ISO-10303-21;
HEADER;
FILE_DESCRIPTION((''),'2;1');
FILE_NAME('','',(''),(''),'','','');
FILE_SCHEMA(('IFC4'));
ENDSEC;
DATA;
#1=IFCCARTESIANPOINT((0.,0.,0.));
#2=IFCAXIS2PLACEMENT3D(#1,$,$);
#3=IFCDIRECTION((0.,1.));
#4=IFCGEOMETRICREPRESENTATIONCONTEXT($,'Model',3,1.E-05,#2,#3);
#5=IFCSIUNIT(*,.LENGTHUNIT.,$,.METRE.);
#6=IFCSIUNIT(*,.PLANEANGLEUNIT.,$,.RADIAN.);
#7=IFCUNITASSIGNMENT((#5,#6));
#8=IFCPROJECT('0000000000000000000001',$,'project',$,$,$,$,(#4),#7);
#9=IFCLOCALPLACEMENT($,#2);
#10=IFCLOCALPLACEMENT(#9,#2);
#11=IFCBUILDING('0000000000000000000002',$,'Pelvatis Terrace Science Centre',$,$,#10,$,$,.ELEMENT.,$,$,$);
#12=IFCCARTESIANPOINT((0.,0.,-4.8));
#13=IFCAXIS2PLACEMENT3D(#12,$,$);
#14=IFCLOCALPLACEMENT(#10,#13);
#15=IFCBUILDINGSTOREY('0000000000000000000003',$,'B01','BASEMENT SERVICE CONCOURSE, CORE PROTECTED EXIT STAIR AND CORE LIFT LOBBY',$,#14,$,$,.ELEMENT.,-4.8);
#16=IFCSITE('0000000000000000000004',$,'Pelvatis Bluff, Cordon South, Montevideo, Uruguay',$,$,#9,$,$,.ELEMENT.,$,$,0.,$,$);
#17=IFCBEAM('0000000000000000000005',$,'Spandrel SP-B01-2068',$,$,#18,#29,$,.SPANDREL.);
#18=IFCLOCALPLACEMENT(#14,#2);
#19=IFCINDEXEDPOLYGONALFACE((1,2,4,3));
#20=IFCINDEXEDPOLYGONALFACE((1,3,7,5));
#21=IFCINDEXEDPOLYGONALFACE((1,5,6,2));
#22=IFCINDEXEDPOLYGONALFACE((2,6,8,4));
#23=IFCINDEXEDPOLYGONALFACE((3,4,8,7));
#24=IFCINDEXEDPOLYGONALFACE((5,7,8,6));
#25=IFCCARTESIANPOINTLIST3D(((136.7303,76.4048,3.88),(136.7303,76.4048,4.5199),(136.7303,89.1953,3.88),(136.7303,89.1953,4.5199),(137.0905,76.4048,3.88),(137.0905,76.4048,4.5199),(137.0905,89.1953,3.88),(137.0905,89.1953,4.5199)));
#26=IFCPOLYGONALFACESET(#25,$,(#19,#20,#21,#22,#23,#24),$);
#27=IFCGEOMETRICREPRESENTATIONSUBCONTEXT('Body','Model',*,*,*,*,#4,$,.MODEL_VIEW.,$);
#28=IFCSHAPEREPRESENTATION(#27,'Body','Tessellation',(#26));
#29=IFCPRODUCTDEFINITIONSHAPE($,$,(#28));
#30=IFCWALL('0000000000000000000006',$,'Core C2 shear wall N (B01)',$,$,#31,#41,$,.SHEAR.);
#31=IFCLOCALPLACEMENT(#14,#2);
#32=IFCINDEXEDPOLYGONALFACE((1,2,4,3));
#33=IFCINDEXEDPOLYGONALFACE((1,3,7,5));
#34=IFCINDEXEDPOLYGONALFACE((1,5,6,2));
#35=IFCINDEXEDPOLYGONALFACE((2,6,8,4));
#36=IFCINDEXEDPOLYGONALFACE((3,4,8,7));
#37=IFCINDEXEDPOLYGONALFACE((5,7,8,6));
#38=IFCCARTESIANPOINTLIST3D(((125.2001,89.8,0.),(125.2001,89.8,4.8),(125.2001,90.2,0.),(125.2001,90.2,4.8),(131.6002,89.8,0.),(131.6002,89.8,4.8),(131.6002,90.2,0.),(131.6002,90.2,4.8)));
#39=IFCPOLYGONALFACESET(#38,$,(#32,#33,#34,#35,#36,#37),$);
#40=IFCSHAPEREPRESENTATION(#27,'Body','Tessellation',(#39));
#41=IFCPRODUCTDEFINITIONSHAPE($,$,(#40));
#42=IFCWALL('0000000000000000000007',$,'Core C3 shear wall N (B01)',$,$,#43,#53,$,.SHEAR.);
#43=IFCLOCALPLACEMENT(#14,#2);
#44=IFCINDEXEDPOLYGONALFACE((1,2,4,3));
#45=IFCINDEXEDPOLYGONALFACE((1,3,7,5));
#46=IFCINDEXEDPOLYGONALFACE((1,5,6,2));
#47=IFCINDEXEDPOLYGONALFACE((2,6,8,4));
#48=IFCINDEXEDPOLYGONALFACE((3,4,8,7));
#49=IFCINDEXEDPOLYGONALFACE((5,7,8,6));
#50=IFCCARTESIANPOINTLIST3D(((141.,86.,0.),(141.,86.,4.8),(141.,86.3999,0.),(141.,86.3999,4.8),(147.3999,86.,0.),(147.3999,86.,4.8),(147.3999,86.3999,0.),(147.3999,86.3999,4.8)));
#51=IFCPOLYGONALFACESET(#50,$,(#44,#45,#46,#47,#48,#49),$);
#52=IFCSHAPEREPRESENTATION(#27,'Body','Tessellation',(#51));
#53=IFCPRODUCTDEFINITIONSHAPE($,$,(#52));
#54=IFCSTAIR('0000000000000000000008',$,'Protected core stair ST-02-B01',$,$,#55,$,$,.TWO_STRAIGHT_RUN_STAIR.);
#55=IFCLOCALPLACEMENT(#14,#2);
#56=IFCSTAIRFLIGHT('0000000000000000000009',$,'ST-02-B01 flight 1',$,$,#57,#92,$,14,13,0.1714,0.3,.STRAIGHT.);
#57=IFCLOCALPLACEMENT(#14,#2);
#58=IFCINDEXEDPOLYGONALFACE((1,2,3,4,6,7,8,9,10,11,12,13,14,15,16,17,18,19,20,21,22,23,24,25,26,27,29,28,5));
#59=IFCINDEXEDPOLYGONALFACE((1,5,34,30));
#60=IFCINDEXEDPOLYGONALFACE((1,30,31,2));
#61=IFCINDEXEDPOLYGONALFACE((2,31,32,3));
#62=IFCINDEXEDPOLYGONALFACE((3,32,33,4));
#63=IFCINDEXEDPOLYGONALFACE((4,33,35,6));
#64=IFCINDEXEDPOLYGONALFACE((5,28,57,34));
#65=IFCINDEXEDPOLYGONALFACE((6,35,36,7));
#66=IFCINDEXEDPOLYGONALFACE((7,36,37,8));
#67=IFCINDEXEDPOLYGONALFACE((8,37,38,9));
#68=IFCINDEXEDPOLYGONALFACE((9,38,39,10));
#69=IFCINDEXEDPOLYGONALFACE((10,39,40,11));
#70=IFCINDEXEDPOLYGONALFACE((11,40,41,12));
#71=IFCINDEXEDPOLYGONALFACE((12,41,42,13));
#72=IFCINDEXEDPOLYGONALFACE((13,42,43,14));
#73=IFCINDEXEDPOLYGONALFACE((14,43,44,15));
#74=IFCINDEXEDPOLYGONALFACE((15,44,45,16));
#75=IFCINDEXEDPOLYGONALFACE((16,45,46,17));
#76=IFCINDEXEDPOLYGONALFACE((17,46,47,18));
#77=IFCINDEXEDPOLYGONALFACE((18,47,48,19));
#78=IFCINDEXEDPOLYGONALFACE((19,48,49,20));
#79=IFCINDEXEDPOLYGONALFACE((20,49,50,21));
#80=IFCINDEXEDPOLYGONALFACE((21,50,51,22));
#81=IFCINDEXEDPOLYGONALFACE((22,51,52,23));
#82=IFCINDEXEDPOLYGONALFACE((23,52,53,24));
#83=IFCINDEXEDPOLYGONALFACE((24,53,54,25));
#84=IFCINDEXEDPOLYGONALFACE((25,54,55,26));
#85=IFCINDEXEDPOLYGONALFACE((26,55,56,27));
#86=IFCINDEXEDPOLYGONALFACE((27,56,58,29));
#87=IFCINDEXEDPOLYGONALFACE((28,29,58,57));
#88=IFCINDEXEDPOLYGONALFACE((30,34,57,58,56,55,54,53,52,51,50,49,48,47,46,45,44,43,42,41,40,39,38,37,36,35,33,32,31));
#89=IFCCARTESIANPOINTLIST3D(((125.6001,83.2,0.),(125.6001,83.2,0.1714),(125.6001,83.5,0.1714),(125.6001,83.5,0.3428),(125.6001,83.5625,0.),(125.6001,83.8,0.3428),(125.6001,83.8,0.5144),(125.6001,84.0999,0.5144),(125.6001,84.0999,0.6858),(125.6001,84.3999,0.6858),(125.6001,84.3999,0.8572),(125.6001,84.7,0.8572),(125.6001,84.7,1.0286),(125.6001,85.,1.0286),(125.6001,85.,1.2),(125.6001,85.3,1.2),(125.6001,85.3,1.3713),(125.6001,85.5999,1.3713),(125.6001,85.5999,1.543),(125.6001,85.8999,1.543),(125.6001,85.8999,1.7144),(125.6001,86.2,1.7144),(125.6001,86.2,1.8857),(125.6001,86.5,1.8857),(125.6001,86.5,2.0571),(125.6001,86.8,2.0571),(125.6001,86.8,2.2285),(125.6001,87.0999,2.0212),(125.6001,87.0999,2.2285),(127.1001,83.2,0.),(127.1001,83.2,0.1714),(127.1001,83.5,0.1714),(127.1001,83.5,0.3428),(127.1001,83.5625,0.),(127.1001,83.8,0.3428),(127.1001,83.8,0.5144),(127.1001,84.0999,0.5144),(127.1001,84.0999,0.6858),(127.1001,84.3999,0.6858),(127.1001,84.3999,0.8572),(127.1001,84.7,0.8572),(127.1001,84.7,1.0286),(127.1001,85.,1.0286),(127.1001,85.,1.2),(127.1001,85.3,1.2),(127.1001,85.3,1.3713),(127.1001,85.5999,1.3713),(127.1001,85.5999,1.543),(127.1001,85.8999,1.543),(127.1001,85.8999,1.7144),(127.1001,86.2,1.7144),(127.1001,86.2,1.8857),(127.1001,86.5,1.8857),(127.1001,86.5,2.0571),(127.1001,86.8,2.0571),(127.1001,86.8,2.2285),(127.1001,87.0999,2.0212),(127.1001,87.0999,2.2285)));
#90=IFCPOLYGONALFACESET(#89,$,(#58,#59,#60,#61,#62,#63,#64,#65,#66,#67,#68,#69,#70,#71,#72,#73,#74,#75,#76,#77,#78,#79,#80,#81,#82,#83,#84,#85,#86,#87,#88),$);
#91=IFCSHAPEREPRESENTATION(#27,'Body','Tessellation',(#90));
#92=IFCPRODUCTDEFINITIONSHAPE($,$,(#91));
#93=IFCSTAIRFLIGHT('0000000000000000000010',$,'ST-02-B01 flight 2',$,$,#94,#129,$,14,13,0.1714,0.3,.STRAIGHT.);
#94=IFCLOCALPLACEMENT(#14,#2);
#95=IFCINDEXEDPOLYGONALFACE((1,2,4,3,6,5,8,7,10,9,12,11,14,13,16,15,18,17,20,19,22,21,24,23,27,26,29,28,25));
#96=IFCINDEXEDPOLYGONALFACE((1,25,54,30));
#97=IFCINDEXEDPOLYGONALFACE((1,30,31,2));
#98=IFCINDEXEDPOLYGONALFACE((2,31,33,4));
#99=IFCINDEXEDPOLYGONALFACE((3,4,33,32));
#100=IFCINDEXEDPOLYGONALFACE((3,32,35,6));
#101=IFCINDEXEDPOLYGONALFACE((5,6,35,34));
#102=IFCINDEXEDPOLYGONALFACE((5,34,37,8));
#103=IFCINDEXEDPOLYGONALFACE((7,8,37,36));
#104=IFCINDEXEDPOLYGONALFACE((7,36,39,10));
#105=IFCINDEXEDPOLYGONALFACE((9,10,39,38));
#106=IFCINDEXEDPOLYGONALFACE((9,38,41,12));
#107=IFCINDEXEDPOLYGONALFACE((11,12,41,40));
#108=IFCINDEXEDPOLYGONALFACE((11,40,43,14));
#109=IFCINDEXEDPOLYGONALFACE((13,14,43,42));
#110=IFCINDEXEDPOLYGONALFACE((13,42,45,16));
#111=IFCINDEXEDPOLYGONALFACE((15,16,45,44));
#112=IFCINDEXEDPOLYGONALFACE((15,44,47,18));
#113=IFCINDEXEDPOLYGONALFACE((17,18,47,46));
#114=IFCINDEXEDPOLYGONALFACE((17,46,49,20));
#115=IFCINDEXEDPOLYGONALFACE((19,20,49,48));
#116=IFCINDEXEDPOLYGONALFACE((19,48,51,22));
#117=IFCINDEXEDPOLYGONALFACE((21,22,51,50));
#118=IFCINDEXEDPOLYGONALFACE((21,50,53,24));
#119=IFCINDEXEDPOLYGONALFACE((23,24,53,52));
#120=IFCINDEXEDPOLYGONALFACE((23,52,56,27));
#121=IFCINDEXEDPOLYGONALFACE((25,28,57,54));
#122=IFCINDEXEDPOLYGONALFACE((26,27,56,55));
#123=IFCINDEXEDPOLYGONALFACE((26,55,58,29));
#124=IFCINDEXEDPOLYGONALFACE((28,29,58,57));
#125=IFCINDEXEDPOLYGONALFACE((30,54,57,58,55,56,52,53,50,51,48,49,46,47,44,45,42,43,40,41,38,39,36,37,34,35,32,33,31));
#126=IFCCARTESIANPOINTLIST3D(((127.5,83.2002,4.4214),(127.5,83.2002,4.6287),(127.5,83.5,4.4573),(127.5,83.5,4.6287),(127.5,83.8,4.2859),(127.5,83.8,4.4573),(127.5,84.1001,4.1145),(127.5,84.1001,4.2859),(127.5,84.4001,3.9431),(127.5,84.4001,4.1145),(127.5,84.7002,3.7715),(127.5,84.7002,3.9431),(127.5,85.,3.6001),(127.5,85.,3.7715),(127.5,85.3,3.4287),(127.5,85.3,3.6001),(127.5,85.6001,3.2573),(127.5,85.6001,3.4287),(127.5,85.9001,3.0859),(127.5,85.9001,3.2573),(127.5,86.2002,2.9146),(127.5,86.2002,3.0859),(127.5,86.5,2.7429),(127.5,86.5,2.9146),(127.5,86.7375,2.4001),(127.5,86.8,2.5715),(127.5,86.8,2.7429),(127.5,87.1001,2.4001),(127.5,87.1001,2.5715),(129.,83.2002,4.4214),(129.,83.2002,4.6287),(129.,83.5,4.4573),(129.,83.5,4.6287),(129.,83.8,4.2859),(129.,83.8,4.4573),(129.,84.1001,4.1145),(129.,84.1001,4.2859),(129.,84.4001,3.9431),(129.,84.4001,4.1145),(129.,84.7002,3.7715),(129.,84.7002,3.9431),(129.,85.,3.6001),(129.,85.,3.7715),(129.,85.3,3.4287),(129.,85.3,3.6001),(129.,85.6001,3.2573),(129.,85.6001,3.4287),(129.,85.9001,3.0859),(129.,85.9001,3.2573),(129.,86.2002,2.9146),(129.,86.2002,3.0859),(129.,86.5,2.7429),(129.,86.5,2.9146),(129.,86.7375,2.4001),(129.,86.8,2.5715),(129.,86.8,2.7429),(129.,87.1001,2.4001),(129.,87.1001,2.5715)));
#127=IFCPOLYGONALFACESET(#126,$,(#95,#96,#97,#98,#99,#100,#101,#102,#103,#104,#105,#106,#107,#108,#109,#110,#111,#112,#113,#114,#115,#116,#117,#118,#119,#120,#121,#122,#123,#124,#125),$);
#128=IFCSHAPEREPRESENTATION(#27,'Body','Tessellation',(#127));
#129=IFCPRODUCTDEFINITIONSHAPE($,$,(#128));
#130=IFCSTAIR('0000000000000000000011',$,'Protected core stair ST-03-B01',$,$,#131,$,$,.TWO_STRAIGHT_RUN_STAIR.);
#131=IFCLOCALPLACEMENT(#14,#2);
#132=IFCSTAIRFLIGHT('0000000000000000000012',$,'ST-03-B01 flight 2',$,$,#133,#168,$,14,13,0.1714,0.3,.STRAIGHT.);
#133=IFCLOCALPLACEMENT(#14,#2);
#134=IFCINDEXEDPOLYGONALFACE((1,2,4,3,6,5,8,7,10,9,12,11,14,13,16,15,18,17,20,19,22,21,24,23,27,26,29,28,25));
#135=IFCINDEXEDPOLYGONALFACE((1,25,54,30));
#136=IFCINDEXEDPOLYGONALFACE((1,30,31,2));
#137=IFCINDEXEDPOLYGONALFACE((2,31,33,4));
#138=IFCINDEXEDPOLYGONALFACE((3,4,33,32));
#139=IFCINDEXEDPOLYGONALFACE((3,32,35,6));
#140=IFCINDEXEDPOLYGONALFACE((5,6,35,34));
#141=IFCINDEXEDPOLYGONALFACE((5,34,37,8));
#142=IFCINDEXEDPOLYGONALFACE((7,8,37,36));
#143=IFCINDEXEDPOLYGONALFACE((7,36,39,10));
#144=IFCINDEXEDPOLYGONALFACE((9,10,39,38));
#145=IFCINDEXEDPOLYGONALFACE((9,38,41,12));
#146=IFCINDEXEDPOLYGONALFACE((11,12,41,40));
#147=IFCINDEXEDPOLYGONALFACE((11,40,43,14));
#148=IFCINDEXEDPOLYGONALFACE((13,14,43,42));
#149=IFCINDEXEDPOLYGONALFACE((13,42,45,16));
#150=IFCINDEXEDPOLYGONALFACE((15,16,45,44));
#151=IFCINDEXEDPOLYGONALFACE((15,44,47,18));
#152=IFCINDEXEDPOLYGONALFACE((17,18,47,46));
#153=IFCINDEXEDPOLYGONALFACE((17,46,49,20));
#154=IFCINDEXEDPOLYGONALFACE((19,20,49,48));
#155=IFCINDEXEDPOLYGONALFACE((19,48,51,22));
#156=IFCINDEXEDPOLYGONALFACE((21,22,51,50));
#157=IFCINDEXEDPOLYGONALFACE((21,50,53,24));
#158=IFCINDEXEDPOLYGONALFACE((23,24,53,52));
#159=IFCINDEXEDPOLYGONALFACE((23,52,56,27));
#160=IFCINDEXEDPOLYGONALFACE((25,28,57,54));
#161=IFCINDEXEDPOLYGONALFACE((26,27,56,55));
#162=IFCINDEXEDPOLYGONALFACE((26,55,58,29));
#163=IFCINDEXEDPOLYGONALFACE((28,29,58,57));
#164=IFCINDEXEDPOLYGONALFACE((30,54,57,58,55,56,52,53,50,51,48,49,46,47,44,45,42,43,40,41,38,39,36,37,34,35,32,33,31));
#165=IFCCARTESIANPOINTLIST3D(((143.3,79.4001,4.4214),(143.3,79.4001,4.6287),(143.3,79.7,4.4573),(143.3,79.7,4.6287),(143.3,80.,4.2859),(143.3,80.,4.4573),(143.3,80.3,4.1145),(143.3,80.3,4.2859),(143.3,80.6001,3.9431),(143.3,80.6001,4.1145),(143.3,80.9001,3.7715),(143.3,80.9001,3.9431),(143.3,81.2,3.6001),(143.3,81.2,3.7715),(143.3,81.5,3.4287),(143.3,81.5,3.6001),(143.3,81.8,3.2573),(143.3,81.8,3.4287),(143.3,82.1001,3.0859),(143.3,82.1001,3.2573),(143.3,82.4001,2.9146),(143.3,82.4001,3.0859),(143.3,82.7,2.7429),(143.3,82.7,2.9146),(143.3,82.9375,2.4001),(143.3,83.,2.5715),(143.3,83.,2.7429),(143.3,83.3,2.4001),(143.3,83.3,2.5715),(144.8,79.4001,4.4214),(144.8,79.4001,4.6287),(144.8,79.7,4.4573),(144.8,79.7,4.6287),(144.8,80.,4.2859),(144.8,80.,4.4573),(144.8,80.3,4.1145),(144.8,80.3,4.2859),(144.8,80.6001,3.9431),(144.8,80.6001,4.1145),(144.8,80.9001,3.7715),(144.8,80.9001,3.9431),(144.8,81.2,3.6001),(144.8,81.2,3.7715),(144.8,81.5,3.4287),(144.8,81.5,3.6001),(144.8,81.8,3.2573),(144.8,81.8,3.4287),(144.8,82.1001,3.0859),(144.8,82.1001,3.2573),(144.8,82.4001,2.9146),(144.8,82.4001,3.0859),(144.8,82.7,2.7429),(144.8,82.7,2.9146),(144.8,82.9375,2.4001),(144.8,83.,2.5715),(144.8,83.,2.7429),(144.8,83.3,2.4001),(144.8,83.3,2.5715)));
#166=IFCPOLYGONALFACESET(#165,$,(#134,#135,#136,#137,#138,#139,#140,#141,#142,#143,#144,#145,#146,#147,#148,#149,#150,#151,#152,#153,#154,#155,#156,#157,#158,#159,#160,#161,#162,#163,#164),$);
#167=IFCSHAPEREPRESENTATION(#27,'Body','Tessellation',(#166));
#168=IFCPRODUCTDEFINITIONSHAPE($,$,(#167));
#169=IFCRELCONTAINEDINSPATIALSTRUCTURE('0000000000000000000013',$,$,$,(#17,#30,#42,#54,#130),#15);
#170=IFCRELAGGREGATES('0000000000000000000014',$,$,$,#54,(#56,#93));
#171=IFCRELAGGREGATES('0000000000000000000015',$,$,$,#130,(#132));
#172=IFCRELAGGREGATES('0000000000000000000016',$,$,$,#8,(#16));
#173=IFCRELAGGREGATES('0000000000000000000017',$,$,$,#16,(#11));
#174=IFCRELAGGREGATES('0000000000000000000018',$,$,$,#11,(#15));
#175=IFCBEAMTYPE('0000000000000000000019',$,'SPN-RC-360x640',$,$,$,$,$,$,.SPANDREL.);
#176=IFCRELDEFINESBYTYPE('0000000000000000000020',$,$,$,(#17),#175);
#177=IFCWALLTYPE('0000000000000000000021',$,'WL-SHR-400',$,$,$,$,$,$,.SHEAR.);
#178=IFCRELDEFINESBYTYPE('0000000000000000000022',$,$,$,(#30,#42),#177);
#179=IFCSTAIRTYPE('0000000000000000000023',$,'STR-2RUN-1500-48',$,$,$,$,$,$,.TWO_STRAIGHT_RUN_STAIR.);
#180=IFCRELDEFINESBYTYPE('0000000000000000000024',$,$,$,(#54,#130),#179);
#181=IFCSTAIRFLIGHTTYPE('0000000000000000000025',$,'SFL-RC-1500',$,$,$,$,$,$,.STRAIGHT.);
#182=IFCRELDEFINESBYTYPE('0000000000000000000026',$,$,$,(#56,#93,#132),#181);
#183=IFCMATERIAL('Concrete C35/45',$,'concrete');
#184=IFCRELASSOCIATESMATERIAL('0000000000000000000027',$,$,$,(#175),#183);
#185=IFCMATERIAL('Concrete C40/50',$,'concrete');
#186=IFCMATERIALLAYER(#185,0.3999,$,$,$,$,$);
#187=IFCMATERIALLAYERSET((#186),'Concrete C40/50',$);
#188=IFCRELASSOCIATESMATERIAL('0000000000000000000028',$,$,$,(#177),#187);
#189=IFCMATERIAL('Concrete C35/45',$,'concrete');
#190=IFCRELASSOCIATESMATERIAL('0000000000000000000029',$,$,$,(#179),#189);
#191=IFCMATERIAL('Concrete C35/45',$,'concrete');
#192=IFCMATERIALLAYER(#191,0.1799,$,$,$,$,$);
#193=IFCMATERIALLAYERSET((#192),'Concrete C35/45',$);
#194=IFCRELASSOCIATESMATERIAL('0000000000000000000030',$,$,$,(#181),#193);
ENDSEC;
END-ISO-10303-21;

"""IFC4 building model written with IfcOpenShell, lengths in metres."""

from ifc_helpers import new_model, si_unit, direction, frame, frame_2d, origin, origin_2d, place, context, subcontext, project, spatial, polyline, rectangle, outline, extrude, material, layer, layer_set, material_profile, profile_set, type_object, element, aggregate, save


model = new_model("IFC4")

# Units and contexts
model_context = context("Model", 3, precision=1e-05, world=origin(), true_north=direction((0.0, 1.0)))
body_context = subcontext(model_context, "Body", "Model", "MODEL_VIEW")
ifc_project = project(units=[si_unit("LENGTHUNIT", "METRE"), si_unit("PLANEANGLEUNIT", "RADIAN")], contexts=[model_context])

# Site, building, storey
site_placement = place(None, origin())
site = spatial("IfcSite", under=ifc_project, at=site_placement, Name="Pelvatis Bluff, Cordon South, Montevideo, Uruguay", CompositionType="ELEMENT", RefElevation=0.0)
building_placement = place(site_placement, origin())
building = spatial("IfcBuilding", under=site, at=building_placement, Name="Pelvatis Terrace Science Centre", CompositionType="ELEMENT")
storey_placement = place(building_placement, frame((0.0, 0.0, -4.8)))
storey = spatial("IfcBuildingStorey", under=building, at=storey_placement, Name="B01", Description="BASEMENT SERVICE CONCOURSE, CORE PROTECTED EXIT STAIR AND CORE LIFT LOBBY", CompositionType="ELEMENT", Elevation=-4.8)

# Beam
ifc_material_1 = material(Name="Concrete C35/45", Category="concrete")
ifc_material_profile_1 = material_profile(ifc_material_1, rectangle(XDim=0.3601, YDim=0.6399, at=origin_2d()), Name="RC-SPN 360x640")
ifc_profile_set_1 = profile_set([ifc_material_profile_1], Name="Concrete C35/45")
beam_type_1 = type_object("IfcBeamType", Name="SPN-RC-360x640", PredefinedType="SPANDREL", material=ifc_profile_set_1)
beam_1_placement = place(storey_placement, frame((136.9104, 89.1953, 4.2), z_axis=(0.0, -1.0, 0.0), x_axis=(1.0, 0.0, 0.0)))
element("IfcBeam", 1, at=beam_1_placement, inside=storey, type_object=beam_type_1, Name="Spandrel SP-B01-2068", PredefinedType="SPANDREL", context=body_context, shape_type="SweptSolid", body=[
    extrude(rectangle(XDim=0.3601, YDim=0.6399, at=origin_2d()), origin(), (0.0, 0.0, 1.0), 12.7905),
])

# Walls
ifc_material_2 = material(Name="Concrete C40/50", Category="concrete")
ifc_layer_1 = layer(ifc_material_2, 0.3999)
ifc_layer_set_1 = layer_set([ifc_layer_1], Name="Concrete C40/50")
wall_type = type_object("IfcWallType", Name="WL-SHR-400", PredefinedType="SHEAR", material=ifc_layer_set_1)
wall_1_placement = place(storey_placement, frame((125.2, 90.0, 0.0), z_axis=(0.0, 0.0, 1.0), x_axis=(1.0, 0.0, 0.0)))
element("IfcWall", 2, at=wall_1_placement, inside=storey, type_object=wall_type, Name="Core C2 shear wall N (B01)", PredefinedType="SHEAR", context=body_context, shape_type="SweptSolid", body=[
    extrude(rectangle(XDim=6.4001, YDim=0.3999, at=frame_2d((3.2002, 0.0))), origin(), (0.0, 0.0, 1.0), 4.8),
])
wall_2_placement = place(storey_placement, frame((141.0, 86.2, 0.0), z_axis=(0.0, 0.0, 1.0), x_axis=(1.0, 0.0, 0.0)))
element("IfcWall", 3, at=wall_2_placement, inside=storey, type_object=wall_type, Name="Core C3 shear wall N (B01)", PredefinedType="SHEAR", context=body_context, shape_type="SweptSolid", body=[
    extrude(rectangle(XDim=6.3999, YDim=0.3999, at=frame_2d((3.2, 0.0))), origin(), (0.0, 0.0, 1.0), 4.8),
])

# Stair, stair flights
ifc_material_3 = material(Name="Concrete C35/45", Category="concrete")
stair_type = type_object("IfcStairType", Name="STR-2RUN-1500-48", PredefinedType="TWO_STRAIGHT_RUN_STAIR", material=ifc_material_3)
stair_1_placement = place(storey_placement, origin())
stair_1 = element("IfcStair", 4, at=stair_1_placement, inside=storey, type_object=stair_type, Name="Protected core stair ST-02-B01", PredefinedType="TWO_STRAIGHT_RUN_STAIR")
ifc_material_4 = material(Name="Concrete C35/45", Category="concrete")
ifc_layer_2 = layer(ifc_material_4, 0.1799)
ifc_layer_set_2 = layer_set([ifc_layer_2], Name="Concrete C35/45")
stair_flight_type = type_object("IfcStairFlightType", Name="SFL-RC-1500", PredefinedType="STRAIGHT", material=ifc_layer_set_2)
stair_flight_1_placement = place(storey_placement, frame((126.3501, 83.2, 0.0), z_axis=(0.0, 0.0, 1.0), x_axis=(0.0, 1.0, 0.0)))
stair_flight_1 = element("IfcStairFlight", 5, at=stair_flight_1_placement, type_object=stair_flight_type, Name="ST-02-B01 flight 1", NumberOfRisers=14, NumberOfTreads=13, PredefinedType="STRAIGHT", RiserHeight=0.1714, TreadLength=0.3, context=body_context, shape_type="SweptSolid", body=[
    extrude(outline(polyline([(0.0, 0.0), (0.0, 0.1714), (0.3, 0.1714), (0.3, 0.3428), (0.6001, 0.3428), (0.6001, 0.5144), (0.8999, 0.5144), (0.8999, 0.6858), (1.2, 0.6858), (1.2, 0.8572), (1.5, 0.8572), (1.5, 1.0286), (1.8, 1.0286), (1.8, 1.2), (2.1001, 1.2), (2.1001, 1.3713), (2.3999, 1.3713), (2.3999, 1.543), (2.7, 1.543), (2.7, 1.7144), (3.0, 1.7144), (3.0, 1.8857), (3.3, 1.8857), (3.3, 2.0571), (3.6001, 2.0571), (3.6001, 2.2285), (3.8999, 2.2285), (3.8999, 2.3999), (3.8999, 2.0212), (0.3625, 0.0), (0.0, 0.0)])), frame((0.0, 0.75, 0.0), z_axis=(0.0, -1.0, 0.0), x_axis=(1.0, 0.0, 0.0)), (0.0, 0.0, 1.0), 1.5),
])
stair_flight_2_placement = place(storey_placement, frame((128.25, 87.1001, 2.4001), z_axis=(0.0, 0.0, 1.0), x_axis=(0.0, -1.0, 0.0)))
stair_flight_2 = element("IfcStairFlight", 6, at=stair_flight_2_placement, type_object=stair_flight_type, Name="ST-02-B01 flight 2", NumberOfRisers=14, NumberOfTreads=13, PredefinedType="STRAIGHT", RiserHeight=0.1714, TreadLength=0.3, context=body_context, shape_type="SweptSolid", body=[
    extrude(outline(polyline([(0.0, 0.0), (0.0, 0.1714), (0.3, 0.1714), (0.3, 0.3428), (0.6001, 0.3428), (0.6001, 0.5144), (0.8999, 0.5144), (0.8999, 0.6858), (1.2, 0.6858), (1.2, 0.8572), (1.5, 0.8572), (1.5, 1.0286), (1.8, 1.0286), (1.8, 1.2), (2.1001, 1.2), (2.1001, 1.3713), (2.3999, 1.3713), (2.3999, 1.543), (2.7, 1.543), (2.7, 1.7144), (3.0, 1.7144), (3.0, 1.8857), (3.3, 1.8857), (3.3, 2.0571), (3.6001, 2.0571), (3.6001, 2.2285), (3.8999, 2.2285), (3.8999, 2.3999), (3.8999, 2.0212), (0.3625, 0.0), (0.0, 0.0)])), frame((0.0, 0.75, 0.0), z_axis=(0.0, -1.0, 0.0), x_axis=(1.0, 0.0, 0.0)), (0.0, 0.0, 1.0), 1.5),
])
aggregate(stair_1, [stair_flight_1, stair_flight_2])

# Stair, stair flight
stair_2_placement = place(storey_placement, origin())
stair_2 = element("IfcStair", 7, at=stair_2_placement, inside=storey, type_object=stair_type, Name="Protected core stair ST-03-B01", PredefinedType="TWO_STRAIGHT_RUN_STAIR")
stair_flight_3_placement = place(storey_placement, frame((144.05, 83.3, 2.4001), z_axis=(0.0, 0.0, 1.0), x_axis=(0.0, -1.0, 0.0)))
stair_flight_3 = element("IfcStairFlight", 8, at=stair_flight_3_placement, type_object=stair_flight_type, Name="ST-03-B01 flight 2", NumberOfRisers=14, NumberOfTreads=13, PredefinedType="STRAIGHT", RiserHeight=0.1714, TreadLength=0.3, context=body_context, shape_type="SweptSolid", body=[
    extrude(outline(polyline([(0.0, 0.0), (0.0, 0.1714), (0.3, 0.1714), (0.3, 0.3428), (0.6001, 0.3428), (0.6001, 0.5144), (0.8999, 0.5144), (0.8999, 0.6858), (1.2, 0.6858), (1.2, 0.8572), (1.5, 0.8572), (1.5, 1.0286), (1.8, 1.0286), (1.8, 1.2), (2.1001, 1.2), (2.1001, 1.3713), (2.3999, 1.3713), (2.3999, 1.543), (2.7, 1.543), (2.7, 1.7144), (3.0, 1.7144), (3.0, 1.8857), (3.3, 1.8857), (3.3, 2.0571), (3.6001, 2.0571), (3.6001, 2.2285), (3.8999, 2.2285), (3.8999, 2.3999), (3.8999, 2.0212), (0.3625, 0.0), (0.0, 0.0)])), frame((0.0, 0.75, 0.0), z_axis=(0.0, -1.0, 0.0), x_axis=(1.0, 0.0, 0.0)), (0.0, 0.0, 1.0), 1.5),
])
aggregate(stair_2, [stair_flight_3])

save(model, "model.ifc")
